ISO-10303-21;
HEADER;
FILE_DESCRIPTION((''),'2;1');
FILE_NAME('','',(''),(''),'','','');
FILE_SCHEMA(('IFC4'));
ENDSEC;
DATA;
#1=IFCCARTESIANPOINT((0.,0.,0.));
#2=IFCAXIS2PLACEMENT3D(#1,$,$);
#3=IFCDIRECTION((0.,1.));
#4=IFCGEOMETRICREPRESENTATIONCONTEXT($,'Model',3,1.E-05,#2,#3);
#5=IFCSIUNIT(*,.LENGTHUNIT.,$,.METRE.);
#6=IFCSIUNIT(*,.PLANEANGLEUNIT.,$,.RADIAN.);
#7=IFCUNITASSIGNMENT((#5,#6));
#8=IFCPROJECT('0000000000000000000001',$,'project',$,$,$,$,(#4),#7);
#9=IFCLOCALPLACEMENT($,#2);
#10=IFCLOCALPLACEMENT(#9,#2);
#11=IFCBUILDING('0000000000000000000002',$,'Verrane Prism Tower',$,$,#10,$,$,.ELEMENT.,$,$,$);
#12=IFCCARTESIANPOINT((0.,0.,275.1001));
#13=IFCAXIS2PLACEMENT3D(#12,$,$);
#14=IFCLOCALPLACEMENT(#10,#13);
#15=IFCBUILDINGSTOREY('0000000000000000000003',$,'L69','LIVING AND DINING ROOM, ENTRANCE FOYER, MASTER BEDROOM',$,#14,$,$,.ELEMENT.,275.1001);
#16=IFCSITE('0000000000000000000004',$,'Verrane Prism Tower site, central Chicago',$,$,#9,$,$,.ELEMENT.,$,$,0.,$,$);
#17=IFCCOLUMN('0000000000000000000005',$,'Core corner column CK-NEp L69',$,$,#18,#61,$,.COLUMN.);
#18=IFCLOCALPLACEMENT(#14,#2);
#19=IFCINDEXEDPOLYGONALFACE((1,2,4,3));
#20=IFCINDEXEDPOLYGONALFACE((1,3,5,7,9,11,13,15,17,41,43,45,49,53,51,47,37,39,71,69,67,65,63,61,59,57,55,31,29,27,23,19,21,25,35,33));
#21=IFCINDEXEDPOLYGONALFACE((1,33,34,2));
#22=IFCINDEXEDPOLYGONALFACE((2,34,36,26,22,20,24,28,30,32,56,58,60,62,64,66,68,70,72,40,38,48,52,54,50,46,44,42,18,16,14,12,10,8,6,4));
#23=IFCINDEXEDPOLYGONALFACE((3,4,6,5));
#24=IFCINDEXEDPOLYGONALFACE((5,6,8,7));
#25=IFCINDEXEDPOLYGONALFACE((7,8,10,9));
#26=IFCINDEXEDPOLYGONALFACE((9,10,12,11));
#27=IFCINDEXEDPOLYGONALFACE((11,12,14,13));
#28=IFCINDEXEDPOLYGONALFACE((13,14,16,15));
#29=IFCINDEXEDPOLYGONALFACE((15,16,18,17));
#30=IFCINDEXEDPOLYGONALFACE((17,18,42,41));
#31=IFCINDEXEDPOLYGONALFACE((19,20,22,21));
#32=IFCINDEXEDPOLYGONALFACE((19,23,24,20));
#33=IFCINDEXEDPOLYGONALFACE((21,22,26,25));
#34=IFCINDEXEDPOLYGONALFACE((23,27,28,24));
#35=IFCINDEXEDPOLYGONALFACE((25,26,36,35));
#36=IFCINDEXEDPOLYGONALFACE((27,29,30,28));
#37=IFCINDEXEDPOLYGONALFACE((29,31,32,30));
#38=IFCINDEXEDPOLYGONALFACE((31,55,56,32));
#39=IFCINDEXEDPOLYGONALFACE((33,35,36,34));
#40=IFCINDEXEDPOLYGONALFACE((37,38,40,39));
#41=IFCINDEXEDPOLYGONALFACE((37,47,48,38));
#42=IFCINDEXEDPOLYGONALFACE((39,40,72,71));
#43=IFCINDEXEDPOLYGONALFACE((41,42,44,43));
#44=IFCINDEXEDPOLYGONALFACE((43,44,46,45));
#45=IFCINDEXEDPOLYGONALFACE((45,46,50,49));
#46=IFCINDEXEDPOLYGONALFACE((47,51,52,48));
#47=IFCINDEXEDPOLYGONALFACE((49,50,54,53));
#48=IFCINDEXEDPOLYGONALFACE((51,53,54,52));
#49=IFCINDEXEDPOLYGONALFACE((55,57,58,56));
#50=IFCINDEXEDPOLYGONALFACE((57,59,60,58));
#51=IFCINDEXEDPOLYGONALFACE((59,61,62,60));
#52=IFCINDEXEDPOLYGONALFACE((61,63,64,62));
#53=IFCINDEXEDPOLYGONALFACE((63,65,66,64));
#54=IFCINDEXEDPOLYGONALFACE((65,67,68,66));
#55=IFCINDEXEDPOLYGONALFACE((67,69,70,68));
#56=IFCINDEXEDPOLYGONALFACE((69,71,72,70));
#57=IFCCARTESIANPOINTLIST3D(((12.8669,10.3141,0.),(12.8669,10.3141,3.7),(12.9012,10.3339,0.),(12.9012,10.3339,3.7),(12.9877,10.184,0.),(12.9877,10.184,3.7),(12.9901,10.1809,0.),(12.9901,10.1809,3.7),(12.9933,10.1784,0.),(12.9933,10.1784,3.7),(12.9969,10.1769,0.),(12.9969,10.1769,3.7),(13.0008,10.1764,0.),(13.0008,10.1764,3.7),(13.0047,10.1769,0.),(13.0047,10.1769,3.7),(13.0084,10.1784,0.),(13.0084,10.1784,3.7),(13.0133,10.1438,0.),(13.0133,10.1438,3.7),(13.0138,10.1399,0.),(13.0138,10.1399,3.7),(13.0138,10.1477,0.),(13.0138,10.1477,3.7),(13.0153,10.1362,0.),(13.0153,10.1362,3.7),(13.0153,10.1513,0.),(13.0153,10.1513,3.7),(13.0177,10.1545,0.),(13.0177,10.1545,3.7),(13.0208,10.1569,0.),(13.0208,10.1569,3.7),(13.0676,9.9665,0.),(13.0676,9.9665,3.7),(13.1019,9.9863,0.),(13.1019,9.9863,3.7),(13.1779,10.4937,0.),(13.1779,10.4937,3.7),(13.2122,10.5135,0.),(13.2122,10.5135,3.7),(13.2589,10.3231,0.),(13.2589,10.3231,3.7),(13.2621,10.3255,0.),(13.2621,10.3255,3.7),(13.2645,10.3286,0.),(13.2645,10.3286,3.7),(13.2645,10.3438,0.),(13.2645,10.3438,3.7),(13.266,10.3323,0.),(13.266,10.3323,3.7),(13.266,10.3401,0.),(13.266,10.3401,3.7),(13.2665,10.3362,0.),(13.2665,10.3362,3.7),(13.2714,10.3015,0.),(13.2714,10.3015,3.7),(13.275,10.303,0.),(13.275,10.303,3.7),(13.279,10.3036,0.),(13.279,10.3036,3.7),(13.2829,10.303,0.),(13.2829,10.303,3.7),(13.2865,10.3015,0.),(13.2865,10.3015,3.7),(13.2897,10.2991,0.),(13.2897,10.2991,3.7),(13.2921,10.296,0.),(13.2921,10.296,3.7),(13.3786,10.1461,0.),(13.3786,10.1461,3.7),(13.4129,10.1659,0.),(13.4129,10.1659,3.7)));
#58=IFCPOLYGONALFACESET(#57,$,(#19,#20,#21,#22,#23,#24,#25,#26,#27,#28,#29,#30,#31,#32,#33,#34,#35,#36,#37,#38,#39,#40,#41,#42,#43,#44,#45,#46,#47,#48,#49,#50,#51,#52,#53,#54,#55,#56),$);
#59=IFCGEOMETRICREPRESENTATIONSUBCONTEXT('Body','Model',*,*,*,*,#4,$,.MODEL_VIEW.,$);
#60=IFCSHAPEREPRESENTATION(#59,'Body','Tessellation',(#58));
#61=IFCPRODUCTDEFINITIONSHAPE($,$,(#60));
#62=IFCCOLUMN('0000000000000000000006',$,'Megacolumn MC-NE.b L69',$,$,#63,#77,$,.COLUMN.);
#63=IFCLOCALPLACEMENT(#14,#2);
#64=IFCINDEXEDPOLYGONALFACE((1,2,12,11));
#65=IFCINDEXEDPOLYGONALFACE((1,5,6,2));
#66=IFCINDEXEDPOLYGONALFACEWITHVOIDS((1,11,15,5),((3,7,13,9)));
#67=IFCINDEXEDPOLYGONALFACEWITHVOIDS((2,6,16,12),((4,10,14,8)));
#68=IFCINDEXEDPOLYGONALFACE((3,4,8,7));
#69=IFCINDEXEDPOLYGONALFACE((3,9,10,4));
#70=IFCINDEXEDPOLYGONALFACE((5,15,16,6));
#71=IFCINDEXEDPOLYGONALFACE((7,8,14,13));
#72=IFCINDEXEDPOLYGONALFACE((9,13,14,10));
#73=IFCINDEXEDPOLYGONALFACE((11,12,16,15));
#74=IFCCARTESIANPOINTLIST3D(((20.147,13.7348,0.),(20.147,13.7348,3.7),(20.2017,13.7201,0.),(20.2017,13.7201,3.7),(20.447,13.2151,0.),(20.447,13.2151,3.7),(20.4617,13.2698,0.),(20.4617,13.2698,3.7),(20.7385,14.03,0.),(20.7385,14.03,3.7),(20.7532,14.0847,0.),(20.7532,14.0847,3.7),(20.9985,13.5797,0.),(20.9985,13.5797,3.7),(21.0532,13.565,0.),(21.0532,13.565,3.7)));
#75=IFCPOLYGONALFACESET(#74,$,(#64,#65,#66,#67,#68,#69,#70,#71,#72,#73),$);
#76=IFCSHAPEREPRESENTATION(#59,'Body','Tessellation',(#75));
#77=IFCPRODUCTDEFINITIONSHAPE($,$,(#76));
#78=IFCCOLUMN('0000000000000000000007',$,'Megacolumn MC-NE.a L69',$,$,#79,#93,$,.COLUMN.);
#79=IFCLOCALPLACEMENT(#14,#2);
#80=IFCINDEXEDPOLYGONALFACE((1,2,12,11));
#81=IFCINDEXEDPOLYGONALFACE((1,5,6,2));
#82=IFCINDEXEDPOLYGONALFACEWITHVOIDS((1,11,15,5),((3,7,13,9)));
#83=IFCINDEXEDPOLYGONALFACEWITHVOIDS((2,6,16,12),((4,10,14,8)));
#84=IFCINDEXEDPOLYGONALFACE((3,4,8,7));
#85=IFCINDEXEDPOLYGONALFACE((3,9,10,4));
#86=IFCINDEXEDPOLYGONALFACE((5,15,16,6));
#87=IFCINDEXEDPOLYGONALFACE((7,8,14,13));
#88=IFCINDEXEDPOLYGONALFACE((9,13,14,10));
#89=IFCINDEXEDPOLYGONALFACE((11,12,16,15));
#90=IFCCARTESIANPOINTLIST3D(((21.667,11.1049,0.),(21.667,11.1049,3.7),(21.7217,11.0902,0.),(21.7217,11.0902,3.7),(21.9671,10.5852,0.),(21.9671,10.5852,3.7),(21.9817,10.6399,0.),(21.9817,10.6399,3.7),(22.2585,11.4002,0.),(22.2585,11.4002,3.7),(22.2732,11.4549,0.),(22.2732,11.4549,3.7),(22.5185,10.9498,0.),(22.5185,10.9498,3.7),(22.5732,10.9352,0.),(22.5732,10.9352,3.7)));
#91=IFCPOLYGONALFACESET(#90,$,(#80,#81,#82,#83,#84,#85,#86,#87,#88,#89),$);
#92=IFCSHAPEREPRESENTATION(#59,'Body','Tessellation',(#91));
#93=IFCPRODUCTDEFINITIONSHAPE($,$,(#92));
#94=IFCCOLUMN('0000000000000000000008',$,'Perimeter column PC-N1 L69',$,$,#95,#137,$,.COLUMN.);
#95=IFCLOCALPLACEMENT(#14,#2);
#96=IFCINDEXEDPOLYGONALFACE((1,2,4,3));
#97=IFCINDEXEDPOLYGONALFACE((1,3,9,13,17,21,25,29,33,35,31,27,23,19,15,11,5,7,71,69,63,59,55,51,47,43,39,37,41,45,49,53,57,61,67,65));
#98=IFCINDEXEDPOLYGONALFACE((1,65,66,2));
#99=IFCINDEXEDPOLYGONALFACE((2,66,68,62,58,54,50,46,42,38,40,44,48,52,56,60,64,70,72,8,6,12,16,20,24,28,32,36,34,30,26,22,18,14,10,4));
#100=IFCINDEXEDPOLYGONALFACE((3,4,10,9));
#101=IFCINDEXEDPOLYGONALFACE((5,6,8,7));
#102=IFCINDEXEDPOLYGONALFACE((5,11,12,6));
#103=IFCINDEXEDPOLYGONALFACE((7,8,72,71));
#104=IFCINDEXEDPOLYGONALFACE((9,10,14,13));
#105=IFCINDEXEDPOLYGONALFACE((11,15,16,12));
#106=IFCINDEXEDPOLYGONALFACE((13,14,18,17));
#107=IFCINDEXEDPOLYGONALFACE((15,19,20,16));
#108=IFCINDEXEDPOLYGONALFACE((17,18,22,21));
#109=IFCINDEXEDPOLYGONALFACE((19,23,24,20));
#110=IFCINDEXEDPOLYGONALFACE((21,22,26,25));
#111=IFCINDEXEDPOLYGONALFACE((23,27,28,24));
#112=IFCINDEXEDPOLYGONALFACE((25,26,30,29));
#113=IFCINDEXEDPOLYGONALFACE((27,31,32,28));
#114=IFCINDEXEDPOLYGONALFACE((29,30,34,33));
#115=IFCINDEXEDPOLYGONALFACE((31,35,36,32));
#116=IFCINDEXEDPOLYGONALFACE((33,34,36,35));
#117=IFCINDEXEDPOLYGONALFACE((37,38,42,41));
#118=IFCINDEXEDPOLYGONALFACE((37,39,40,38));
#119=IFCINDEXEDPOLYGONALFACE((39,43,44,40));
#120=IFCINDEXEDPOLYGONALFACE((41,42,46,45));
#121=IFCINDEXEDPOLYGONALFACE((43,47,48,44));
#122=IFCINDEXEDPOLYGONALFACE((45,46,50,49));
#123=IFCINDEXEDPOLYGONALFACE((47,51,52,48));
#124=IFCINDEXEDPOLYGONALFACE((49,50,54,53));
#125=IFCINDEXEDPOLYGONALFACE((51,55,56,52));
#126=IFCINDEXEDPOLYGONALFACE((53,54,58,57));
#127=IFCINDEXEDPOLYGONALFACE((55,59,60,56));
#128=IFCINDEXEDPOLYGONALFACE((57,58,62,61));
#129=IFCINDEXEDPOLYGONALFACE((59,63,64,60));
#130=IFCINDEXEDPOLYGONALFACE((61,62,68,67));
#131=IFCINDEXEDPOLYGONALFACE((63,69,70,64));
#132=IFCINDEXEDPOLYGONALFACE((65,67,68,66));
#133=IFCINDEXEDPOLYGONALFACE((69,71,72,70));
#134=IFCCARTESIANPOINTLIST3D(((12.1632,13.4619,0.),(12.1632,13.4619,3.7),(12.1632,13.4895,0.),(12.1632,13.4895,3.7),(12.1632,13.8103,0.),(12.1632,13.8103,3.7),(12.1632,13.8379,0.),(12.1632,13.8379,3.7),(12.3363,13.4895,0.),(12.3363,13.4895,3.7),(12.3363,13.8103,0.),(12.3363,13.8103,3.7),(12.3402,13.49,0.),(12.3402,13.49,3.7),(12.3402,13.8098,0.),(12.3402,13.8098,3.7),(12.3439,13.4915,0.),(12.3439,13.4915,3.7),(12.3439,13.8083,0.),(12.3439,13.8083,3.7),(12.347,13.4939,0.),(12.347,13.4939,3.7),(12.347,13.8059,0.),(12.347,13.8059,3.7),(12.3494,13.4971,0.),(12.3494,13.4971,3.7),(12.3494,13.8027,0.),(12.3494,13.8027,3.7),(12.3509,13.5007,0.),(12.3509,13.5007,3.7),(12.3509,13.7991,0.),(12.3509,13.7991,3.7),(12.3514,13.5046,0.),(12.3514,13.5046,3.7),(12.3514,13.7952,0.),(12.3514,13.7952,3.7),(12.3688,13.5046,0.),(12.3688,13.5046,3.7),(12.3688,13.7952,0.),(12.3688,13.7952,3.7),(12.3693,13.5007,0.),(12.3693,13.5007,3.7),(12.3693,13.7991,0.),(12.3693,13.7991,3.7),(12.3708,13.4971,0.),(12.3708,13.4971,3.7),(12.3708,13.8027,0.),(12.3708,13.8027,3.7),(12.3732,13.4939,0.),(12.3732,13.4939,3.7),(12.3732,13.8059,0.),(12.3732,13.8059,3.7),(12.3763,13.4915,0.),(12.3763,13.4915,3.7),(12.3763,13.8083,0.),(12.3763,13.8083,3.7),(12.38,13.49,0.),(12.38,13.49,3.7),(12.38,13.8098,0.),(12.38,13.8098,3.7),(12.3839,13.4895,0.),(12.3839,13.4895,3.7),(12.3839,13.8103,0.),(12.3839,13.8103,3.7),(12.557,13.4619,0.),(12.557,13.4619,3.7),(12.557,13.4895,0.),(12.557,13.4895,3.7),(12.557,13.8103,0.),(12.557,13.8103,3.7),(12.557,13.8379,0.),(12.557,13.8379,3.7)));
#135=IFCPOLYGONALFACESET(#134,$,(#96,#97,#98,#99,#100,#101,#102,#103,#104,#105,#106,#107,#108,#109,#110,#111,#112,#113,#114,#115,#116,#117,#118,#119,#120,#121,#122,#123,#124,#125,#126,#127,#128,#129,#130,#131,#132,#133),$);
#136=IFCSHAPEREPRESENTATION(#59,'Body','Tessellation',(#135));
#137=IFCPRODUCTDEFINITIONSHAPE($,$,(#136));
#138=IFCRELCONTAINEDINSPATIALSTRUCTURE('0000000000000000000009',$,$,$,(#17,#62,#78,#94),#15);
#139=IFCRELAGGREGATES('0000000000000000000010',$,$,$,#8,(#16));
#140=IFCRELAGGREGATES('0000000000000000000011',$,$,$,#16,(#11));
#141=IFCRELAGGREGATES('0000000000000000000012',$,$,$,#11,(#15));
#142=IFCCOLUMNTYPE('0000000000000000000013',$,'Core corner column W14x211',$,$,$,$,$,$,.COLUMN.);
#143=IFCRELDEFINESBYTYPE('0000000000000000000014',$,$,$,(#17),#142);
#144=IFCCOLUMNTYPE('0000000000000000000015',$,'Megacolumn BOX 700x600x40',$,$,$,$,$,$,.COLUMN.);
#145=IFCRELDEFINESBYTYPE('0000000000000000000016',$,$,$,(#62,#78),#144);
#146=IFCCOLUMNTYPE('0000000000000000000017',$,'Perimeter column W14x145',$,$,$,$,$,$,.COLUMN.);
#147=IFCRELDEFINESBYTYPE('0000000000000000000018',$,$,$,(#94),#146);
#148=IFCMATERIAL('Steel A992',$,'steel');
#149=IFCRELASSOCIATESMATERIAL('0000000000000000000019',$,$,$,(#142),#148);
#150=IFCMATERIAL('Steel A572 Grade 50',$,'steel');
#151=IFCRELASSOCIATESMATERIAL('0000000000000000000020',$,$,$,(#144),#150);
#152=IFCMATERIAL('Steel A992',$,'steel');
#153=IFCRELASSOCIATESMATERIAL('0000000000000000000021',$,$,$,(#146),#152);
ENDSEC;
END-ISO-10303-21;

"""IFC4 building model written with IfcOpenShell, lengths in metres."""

from ifc_helpers import new_model, si_unit, direction, frame, origin, origin_2d, place, context, subcontext, project, spatial, hollow_rectangle, i_section, extrude, material, material_profile, profile_set, type_object, element, save


model = new_model("IFC4")

# Units and contexts
model_context = context("Model", 3, precision=1e-05, world=origin(), true_north=direction((0.0, 1.0)))
body_context = subcontext(model_context, "Body", "Model", "MODEL_VIEW")
ifc_project = project(units=[si_unit("LENGTHUNIT", "METRE"), si_unit("PLANEANGLEUNIT", "RADIAN")], contexts=[model_context])

# Site, building, storey
site_placement = place(None, origin())
site = spatial("IfcSite", under=ifc_project, at=site_placement, Name="Verrane Prism Tower site, central Chicago", CompositionType="ELEMENT", RefElevation=0.0)
building_placement = place(site_placement, origin())
building = spatial("IfcBuilding", under=site, at=building_placement, Name="Verrane Prism Tower", CompositionType="ELEMENT")
storey_placement = place(building_placement, frame((0.0, 0.0, 275.1001)))
storey = spatial("IfcBuildingStorey", under=building, at=storey_placement, Name="L69", Description="LIVING AND DINING ROOM, ENTRANCE FOYER, MASTER BEDROOM", CompositionType="ELEMENT", Elevation=275.1001)

# Columns
ifc_material_1 = material(Name="Steel A992", Category="steel")
ifc_material_profile_1 = material_profile(ifc_material_1, i_section(OverallWidth=0.4014, OverallDepth=0.3987, WebThickness=0.0249, FlangeThickness=0.0396, FilletRadius=0.0151, at=origin_2d()), Name="W14x211")
ifc_profile_set_1 = profile_set([ifc_material_profile_1], Name="Steel A992")
column_type_1 = type_object("IfcColumnType", Name="Core corner column W14x211", PredefinedType="COLUMN", material=ifc_profile_set_1)
column_1_placement = place(storey_placement, frame((13.1399, 10.24, 0.0), z_axis=(0.0, 0.0, 1.0), x_axis=(0.5, -0.866025, 0.0)))
element("IfcColumn", 1, at=column_1_placement, inside=storey, type_object=column_type_1, Name="Core corner column CK-NEp L69", PredefinedType="COLUMN", context=body_context, shape_type="SweptSolid", body=[
    extrude(i_section(OverallWidth=0.4014, OverallDepth=0.3987, WebThickness=0.0249, FlangeThickness=0.0396, FilletRadius=0.0151, at=origin_2d()), origin(), (0.0, 0.0, 1.0), 3.7),
])
ifc_material_2 = material(Name="Steel A572 Grade 50", Category="steel")
ifc_material_profile_2 = material_profile(ifc_material_2, hollow_rectangle(XDim=0.6001, YDim=0.7, WallThickness=0.04, at=origin_2d()), Name="BOX 700x600x40")
ifc_profile_set_2 = profile_set([ifc_material_profile_2], Name="Steel A572 Grade 50")
column_type_2 = type_object("IfcColumnType", Name="Megacolumn BOX 700x600x40", PredefinedType="COLUMN", material=ifc_profile_set_2)
for number, where, z_axis, x_axis, name in (
    (2, (20.6001, 13.6499, 0.0), (0.0, 0.0, 1.0), (0.5, -0.866025, 0.0), "Megacolumn MC-NE.b L69"),
    (3, (22.1201, 11.02, 0.0), (0.0, 0.0, 1.0), (0.5, -0.866025, 0.0), "Megacolumn MC-NE.a L69"),
):
    element("IfcColumn", number, at=place(storey_placement, frame(where, z_axis=z_axis, x_axis=x_axis)), inside=storey, type_object=column_type_2, Name=name, PredefinedType="COLUMN", context=body_context, shape_type="SweptSolid", body=[
        extrude(hollow_rectangle(XDim=0.6001, YDim=0.7, WallThickness=0.04, at=origin_2d()), origin(), (0.0, 0.0, 1.0), 3.7),
    ])
ifc_material_3 = material(Name="Steel A992", Category="steel")
ifc_material_profile_3 = material_profile(ifc_material_3, i_section(OverallWidth=0.3938, OverallDepth=0.376, WebThickness=0.0173, FlangeThickness=0.0276, FilletRadius=0.0151, at=origin_2d()), Name="W14x145")
ifc_profile_set_3 = profile_set([ifc_material_profile_3], Name="Steel A992")
column_type_3 = type_object("IfcColumnType", Name="Perimeter column W14x145", PredefinedType="COLUMN", material=ifc_profile_set_3)
column_2_placement = place(storey_placement, frame((12.3601, 13.6499, 0.0), z_axis=(0.0, 0.0, 1.0), x_axis=(1.0, 0.0, 0.0)))
element("IfcColumn", 4, at=column_2_placement, inside=storey, type_object=column_type_3, Name="Perimeter column PC-N1 L69", PredefinedType="COLUMN", context=body_context, shape_type="SweptSolid", body=[
    extrude(i_section(OverallWidth=0.3938, OverallDepth=0.376, WebThickness=0.0173, FlangeThickness=0.0276, FilletRadius=0.0151, at=origin_2d()), origin(), (0.0, 0.0, 1.0), 3.7),
])

save(model, "model.ifc")
